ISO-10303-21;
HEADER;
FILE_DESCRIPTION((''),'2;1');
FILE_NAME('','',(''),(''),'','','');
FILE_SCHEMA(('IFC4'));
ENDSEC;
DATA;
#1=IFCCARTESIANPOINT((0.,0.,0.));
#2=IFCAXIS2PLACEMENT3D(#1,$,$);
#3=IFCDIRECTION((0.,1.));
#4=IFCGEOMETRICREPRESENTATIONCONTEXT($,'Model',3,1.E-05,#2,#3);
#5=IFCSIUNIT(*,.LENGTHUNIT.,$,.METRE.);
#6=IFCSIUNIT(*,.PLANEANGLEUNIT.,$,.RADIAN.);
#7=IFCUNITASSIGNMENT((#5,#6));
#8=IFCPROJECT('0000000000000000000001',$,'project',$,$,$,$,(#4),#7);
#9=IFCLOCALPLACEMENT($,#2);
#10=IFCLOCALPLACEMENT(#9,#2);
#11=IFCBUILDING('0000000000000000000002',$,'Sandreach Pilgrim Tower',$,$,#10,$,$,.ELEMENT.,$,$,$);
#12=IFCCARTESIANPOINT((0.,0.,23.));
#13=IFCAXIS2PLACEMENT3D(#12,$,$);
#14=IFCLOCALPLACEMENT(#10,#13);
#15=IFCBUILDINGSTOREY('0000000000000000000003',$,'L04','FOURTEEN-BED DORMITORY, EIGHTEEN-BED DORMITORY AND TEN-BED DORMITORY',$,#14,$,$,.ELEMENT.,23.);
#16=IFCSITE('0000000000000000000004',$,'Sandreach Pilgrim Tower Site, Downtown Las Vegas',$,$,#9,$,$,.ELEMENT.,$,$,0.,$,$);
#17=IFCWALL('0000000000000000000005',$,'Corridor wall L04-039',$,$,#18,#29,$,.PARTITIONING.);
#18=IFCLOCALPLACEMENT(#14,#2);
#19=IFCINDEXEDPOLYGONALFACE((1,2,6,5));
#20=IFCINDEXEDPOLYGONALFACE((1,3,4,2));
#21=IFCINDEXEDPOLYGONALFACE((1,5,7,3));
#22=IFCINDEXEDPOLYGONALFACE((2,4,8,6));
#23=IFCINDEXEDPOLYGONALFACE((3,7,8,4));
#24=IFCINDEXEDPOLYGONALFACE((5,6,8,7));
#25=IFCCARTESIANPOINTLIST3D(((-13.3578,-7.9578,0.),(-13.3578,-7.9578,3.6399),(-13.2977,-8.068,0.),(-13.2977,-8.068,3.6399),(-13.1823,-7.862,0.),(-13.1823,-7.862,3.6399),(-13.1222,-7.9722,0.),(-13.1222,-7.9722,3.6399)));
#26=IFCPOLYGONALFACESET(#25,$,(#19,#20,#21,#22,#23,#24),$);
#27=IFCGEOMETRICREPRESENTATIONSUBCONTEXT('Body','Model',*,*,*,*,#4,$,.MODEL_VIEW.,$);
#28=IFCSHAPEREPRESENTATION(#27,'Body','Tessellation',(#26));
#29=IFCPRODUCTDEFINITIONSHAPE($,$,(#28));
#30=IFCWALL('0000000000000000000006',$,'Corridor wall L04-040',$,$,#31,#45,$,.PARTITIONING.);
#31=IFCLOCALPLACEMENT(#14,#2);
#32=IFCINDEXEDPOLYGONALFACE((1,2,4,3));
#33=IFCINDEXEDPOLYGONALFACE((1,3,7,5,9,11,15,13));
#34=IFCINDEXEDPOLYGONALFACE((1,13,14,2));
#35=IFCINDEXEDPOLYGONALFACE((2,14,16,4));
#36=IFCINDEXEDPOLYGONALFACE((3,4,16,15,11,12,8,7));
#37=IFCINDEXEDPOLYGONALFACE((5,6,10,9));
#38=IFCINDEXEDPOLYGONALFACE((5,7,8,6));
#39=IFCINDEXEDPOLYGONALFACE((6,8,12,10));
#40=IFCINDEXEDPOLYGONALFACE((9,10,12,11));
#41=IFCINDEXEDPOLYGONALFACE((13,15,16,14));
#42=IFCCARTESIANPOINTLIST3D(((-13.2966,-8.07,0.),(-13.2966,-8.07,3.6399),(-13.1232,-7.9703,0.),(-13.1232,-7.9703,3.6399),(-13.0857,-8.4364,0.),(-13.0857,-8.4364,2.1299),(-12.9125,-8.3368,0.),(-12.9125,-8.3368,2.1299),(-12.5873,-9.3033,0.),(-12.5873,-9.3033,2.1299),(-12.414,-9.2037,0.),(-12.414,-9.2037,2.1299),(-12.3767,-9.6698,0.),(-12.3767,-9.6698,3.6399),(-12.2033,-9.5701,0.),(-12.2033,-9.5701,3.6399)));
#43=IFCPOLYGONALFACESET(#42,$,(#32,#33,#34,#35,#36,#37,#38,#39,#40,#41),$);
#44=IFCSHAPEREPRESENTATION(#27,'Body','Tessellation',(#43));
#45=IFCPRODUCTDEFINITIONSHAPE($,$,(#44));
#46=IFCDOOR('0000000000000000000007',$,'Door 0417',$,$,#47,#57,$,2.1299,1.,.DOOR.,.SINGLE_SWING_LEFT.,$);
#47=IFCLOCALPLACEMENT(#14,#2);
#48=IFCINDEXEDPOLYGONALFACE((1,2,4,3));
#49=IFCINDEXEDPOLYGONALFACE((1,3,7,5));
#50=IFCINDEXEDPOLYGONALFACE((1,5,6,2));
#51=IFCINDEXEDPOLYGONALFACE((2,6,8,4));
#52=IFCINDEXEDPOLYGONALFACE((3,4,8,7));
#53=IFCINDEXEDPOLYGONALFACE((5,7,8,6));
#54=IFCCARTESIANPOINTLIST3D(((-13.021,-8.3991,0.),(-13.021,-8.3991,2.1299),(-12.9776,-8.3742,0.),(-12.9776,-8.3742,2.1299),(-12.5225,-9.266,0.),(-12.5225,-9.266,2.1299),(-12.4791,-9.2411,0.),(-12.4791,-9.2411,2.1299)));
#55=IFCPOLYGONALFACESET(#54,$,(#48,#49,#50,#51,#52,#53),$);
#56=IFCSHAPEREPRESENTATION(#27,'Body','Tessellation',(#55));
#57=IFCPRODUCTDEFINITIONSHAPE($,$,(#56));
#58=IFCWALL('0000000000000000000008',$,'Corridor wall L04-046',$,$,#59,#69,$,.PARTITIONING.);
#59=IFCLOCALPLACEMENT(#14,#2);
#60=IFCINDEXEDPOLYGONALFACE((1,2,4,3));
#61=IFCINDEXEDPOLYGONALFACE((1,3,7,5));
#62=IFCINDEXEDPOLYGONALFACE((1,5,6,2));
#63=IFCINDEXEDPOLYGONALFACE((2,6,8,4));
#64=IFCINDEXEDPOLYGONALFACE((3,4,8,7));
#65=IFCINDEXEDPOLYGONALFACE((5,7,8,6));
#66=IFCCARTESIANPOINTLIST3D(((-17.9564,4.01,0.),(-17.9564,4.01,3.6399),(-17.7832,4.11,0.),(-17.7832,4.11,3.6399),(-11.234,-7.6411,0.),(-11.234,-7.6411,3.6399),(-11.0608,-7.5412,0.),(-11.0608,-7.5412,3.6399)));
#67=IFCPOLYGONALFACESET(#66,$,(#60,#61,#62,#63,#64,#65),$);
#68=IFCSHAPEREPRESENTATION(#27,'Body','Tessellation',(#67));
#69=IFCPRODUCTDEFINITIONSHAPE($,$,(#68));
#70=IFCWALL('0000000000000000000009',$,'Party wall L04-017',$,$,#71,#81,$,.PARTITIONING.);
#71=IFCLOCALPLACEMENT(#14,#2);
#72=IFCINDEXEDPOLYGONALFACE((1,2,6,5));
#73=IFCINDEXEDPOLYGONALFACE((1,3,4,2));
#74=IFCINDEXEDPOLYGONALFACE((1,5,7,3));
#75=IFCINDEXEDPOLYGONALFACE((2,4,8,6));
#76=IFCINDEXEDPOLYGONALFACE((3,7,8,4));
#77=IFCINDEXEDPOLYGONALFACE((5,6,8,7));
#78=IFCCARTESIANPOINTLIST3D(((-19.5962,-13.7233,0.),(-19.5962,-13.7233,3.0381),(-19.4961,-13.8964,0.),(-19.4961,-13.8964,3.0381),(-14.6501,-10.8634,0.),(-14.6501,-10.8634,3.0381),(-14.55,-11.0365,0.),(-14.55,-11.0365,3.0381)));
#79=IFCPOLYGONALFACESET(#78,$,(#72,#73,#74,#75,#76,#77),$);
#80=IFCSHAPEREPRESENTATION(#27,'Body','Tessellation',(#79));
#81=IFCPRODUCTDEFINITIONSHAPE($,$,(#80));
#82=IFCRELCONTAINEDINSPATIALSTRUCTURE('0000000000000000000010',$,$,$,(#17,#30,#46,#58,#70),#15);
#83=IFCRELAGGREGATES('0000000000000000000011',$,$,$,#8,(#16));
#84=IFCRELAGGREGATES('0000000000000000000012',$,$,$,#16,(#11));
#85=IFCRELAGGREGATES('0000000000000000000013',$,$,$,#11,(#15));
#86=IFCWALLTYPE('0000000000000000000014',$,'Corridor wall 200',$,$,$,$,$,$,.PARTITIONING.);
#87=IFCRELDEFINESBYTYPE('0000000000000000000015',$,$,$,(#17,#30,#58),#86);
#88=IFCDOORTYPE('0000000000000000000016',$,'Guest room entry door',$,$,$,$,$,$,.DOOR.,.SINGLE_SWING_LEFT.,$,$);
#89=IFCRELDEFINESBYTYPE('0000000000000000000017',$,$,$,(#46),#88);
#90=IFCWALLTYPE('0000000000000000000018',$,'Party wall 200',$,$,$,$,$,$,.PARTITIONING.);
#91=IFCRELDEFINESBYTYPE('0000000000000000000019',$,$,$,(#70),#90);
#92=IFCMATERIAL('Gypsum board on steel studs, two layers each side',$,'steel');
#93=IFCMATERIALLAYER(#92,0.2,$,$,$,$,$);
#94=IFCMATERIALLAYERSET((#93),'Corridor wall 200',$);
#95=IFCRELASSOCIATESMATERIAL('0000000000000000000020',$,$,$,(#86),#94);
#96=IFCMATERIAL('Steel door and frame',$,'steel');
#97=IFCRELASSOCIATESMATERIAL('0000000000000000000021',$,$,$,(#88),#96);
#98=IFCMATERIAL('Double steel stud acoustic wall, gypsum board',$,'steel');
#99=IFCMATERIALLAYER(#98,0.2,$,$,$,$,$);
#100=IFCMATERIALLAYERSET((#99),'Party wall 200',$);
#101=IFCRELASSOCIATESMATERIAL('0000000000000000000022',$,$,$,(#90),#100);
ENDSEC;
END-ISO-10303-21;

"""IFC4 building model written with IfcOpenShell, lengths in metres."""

from ifc_helpers import new_model, si_unit, direction, frame, frame_2d, origin, place, context, subcontext, project, spatial, rectangle, extrude, material, layer, layer_set, type_object, element, fill, save


model = new_model("IFC4")

# Units and contexts
model_context = context("Model", 3, precision=1e-05, world=origin(), true_north=direction((0.0, 1.0)))
body_context = subcontext(model_context, "Body", "Model", "MODEL_VIEW")
ifc_project = project(units=[si_unit("LENGTHUNIT", "METRE"), si_unit("PLANEANGLEUNIT", "RADIAN")], contexts=[model_context])

# Site, building, storey
site_placement = place(None, origin())
site = spatial("IfcSite", under=ifc_project, at=site_placement, Name="Sandreach Pilgrim Tower Site, Downtown Las Vegas", CompositionType="ELEMENT", RefElevation=0.0)
building_placement = place(site_placement, origin())
building = spatial("IfcBuilding", under=site, at=building_placement, Name="Sandreach Pilgrim Tower", CompositionType="ELEMENT")
storey_placement = place(building_placement, frame((0.0, 0.0, 23.0)))
storey = spatial("IfcBuildingStorey", under=building, at=storey_placement, Name="L04", Description="FOURTEEN-BED DORMITORY, EIGHTEEN-BED DORMITORY AND TEN-BED DORMITORY", CompositionType="ELEMENT", Elevation=23.0)

# Shared definitions
ifc_material_1 = material(Name="Gypsum board on steel studs, two layers each side", Category="steel")
ifc_layer_1 = layer(ifc_material_1, 0.2)
ifc_layer_set_1 = layer_set([ifc_layer_1], Name="Corridor wall 200")
wall_type_1 = type_object("IfcWallType", Name="Corridor wall 200", PredefinedType="PARTITIONING", material=ifc_layer_set_1)
ifc_material_2 = material(Name="Steel door and frame", Category="steel")
door_type_1 = type_object("IfcDoorType", Name="Guest room entry door", OperationType="SINGLE_SWING_LEFT", PredefinedType="DOOR", material=ifc_material_2)

# Wall
wall_1_placement = place(storey_placement, frame((-13.27, -7.9099, 0.0), z_axis=(0.0, 0.0, 1.0), x_axis=(0.478852, -0.877896, 0.0)))
element("IfcWall", 1, at=wall_1_placement, inside=storey, type_object=wall_type_1, Name="Corridor wall L04-039", PredefinedType="PARTITIONING", context=body_context, shape_type="SweptSolid", body=[
    extrude(rectangle(XDim=0.1255, YDim=0.2, at=frame_2d((0.0627, 0.0))), origin(), (0.0, 0.0, 1.0), 3.6399),
])

# Wall, opening, door
wall_2_placement = place(storey_placement, frame((-13.21, -8.02, 0.0), z_axis=(0.0, 0.0, 1.0), x_axis=(0.498474, -0.866905, 0.0)))
wall_2 = element("IfcWall", 2, at=wall_2_placement, inside=storey, type_object=wall_type_1, Name="Corridor wall L04-040", PredefinedType="PARTITIONING", context=body_context, shape_type="SweptSolid", body=[
    extrude(rectangle(XDim=1.8455, YDim=0.2, at=frame_2d((0.9229, 0.0))), origin(), (0.0, 0.0, 1.0), 3.6399),
])
opening_1_placement = place(wall_2_placement, frame((0.4229, 0.0, 0.0)))
opening_1 = element("IfcOpeningElement", 3, at=opening_1_placement, cuts=wall_2, PredefinedType="OPENING", context=body_context, shape_type="SweptSolid", body=[
    extrude(rectangle(XDim=1.0, YDim=2.1299, at=frame_2d((0.5, 1.0649))), frame((0.0, 0.1001, 0.0), z_axis=(0.0, -1.0, 0.0), x_axis=(1.0, 0.0, 0.0)), (0.0, 0.0, 1.0), 0.2),
])
door_1_placement = place(opening_1_placement, origin())
door_1 = element("IfcDoor", 4, at=door_1_placement, inside=storey, type_object=door_type_1, Name="Door 0417", OperationType="SINGLE_SWING_LEFT", OverallHeight=2.1299, OverallWidth=1.0, PredefinedType="DOOR", context=body_context, shape_type="SweptSolid", body=[
    extrude(rectangle(XDim=1.0, YDim=2.1299, at=frame_2d((0.5, 1.0649))), frame((0.0, 0.0249, 0.0), z_axis=(0.0, -1.0, 0.0), x_axis=(1.0, 0.0, 0.0)), (0.0, 0.0, 1.0), 0.05),
])
fill(opening_1, door_1)

# Wall
wall_3_placement = place(storey_placement, frame((-11.1475, -7.5911, 0.0), z_axis=(0.0, 0.0, 1.0), x_axis=(-0.499756, 0.866166, 0.0)))
element("IfcWall", 5, at=wall_3_placement, inside=storey, type_object=wall_type_1, Name="Corridor wall L04-046", PredefinedType="PARTITIONING", context=body_context, shape_type="SweptSolid", body=[
    extrude(rectangle(XDim=13.4514, YDim=0.2, at=frame_2d((6.7256, 0.0))), origin(), (0.0, 0.0, 1.0), 3.6399),
])

# Wall
ifc_material_3 = material(Name="Double steel stud acoustic wall, gypsum board", Category="steel")
ifc_layer_2 = layer(ifc_material_3, 0.2)
ifc_layer_set_2 = layer_set([ifc_layer_2], Name="Party wall 200")
wall_type_2 = type_object("IfcWallType", Name="Party wall 200", PredefinedType="PARTITIONING", material=ifc_layer_set_2)
wall_4_placement = place(storey_placement, frame((-19.5461, -13.8098, 0.0), z_axis=(0.0, 0.0, 1.0), x_axis=(0.865702, 0.500559, 0.0)))
element("IfcWall", 6, at=wall_4_placement, inside=storey, type_object=wall_type_2, Name="Party wall L04-017", PredefinedType="PARTITIONING", context=body_context, shape_type="SweptSolid", body=[
    extrude(rectangle(XDim=5.7134, YDim=0.2, at=frame_2d((2.8567, 0.0))), origin(), (0.0, 0.0, 1.0), 3.0381),
])

save(model, "model.ifc")
